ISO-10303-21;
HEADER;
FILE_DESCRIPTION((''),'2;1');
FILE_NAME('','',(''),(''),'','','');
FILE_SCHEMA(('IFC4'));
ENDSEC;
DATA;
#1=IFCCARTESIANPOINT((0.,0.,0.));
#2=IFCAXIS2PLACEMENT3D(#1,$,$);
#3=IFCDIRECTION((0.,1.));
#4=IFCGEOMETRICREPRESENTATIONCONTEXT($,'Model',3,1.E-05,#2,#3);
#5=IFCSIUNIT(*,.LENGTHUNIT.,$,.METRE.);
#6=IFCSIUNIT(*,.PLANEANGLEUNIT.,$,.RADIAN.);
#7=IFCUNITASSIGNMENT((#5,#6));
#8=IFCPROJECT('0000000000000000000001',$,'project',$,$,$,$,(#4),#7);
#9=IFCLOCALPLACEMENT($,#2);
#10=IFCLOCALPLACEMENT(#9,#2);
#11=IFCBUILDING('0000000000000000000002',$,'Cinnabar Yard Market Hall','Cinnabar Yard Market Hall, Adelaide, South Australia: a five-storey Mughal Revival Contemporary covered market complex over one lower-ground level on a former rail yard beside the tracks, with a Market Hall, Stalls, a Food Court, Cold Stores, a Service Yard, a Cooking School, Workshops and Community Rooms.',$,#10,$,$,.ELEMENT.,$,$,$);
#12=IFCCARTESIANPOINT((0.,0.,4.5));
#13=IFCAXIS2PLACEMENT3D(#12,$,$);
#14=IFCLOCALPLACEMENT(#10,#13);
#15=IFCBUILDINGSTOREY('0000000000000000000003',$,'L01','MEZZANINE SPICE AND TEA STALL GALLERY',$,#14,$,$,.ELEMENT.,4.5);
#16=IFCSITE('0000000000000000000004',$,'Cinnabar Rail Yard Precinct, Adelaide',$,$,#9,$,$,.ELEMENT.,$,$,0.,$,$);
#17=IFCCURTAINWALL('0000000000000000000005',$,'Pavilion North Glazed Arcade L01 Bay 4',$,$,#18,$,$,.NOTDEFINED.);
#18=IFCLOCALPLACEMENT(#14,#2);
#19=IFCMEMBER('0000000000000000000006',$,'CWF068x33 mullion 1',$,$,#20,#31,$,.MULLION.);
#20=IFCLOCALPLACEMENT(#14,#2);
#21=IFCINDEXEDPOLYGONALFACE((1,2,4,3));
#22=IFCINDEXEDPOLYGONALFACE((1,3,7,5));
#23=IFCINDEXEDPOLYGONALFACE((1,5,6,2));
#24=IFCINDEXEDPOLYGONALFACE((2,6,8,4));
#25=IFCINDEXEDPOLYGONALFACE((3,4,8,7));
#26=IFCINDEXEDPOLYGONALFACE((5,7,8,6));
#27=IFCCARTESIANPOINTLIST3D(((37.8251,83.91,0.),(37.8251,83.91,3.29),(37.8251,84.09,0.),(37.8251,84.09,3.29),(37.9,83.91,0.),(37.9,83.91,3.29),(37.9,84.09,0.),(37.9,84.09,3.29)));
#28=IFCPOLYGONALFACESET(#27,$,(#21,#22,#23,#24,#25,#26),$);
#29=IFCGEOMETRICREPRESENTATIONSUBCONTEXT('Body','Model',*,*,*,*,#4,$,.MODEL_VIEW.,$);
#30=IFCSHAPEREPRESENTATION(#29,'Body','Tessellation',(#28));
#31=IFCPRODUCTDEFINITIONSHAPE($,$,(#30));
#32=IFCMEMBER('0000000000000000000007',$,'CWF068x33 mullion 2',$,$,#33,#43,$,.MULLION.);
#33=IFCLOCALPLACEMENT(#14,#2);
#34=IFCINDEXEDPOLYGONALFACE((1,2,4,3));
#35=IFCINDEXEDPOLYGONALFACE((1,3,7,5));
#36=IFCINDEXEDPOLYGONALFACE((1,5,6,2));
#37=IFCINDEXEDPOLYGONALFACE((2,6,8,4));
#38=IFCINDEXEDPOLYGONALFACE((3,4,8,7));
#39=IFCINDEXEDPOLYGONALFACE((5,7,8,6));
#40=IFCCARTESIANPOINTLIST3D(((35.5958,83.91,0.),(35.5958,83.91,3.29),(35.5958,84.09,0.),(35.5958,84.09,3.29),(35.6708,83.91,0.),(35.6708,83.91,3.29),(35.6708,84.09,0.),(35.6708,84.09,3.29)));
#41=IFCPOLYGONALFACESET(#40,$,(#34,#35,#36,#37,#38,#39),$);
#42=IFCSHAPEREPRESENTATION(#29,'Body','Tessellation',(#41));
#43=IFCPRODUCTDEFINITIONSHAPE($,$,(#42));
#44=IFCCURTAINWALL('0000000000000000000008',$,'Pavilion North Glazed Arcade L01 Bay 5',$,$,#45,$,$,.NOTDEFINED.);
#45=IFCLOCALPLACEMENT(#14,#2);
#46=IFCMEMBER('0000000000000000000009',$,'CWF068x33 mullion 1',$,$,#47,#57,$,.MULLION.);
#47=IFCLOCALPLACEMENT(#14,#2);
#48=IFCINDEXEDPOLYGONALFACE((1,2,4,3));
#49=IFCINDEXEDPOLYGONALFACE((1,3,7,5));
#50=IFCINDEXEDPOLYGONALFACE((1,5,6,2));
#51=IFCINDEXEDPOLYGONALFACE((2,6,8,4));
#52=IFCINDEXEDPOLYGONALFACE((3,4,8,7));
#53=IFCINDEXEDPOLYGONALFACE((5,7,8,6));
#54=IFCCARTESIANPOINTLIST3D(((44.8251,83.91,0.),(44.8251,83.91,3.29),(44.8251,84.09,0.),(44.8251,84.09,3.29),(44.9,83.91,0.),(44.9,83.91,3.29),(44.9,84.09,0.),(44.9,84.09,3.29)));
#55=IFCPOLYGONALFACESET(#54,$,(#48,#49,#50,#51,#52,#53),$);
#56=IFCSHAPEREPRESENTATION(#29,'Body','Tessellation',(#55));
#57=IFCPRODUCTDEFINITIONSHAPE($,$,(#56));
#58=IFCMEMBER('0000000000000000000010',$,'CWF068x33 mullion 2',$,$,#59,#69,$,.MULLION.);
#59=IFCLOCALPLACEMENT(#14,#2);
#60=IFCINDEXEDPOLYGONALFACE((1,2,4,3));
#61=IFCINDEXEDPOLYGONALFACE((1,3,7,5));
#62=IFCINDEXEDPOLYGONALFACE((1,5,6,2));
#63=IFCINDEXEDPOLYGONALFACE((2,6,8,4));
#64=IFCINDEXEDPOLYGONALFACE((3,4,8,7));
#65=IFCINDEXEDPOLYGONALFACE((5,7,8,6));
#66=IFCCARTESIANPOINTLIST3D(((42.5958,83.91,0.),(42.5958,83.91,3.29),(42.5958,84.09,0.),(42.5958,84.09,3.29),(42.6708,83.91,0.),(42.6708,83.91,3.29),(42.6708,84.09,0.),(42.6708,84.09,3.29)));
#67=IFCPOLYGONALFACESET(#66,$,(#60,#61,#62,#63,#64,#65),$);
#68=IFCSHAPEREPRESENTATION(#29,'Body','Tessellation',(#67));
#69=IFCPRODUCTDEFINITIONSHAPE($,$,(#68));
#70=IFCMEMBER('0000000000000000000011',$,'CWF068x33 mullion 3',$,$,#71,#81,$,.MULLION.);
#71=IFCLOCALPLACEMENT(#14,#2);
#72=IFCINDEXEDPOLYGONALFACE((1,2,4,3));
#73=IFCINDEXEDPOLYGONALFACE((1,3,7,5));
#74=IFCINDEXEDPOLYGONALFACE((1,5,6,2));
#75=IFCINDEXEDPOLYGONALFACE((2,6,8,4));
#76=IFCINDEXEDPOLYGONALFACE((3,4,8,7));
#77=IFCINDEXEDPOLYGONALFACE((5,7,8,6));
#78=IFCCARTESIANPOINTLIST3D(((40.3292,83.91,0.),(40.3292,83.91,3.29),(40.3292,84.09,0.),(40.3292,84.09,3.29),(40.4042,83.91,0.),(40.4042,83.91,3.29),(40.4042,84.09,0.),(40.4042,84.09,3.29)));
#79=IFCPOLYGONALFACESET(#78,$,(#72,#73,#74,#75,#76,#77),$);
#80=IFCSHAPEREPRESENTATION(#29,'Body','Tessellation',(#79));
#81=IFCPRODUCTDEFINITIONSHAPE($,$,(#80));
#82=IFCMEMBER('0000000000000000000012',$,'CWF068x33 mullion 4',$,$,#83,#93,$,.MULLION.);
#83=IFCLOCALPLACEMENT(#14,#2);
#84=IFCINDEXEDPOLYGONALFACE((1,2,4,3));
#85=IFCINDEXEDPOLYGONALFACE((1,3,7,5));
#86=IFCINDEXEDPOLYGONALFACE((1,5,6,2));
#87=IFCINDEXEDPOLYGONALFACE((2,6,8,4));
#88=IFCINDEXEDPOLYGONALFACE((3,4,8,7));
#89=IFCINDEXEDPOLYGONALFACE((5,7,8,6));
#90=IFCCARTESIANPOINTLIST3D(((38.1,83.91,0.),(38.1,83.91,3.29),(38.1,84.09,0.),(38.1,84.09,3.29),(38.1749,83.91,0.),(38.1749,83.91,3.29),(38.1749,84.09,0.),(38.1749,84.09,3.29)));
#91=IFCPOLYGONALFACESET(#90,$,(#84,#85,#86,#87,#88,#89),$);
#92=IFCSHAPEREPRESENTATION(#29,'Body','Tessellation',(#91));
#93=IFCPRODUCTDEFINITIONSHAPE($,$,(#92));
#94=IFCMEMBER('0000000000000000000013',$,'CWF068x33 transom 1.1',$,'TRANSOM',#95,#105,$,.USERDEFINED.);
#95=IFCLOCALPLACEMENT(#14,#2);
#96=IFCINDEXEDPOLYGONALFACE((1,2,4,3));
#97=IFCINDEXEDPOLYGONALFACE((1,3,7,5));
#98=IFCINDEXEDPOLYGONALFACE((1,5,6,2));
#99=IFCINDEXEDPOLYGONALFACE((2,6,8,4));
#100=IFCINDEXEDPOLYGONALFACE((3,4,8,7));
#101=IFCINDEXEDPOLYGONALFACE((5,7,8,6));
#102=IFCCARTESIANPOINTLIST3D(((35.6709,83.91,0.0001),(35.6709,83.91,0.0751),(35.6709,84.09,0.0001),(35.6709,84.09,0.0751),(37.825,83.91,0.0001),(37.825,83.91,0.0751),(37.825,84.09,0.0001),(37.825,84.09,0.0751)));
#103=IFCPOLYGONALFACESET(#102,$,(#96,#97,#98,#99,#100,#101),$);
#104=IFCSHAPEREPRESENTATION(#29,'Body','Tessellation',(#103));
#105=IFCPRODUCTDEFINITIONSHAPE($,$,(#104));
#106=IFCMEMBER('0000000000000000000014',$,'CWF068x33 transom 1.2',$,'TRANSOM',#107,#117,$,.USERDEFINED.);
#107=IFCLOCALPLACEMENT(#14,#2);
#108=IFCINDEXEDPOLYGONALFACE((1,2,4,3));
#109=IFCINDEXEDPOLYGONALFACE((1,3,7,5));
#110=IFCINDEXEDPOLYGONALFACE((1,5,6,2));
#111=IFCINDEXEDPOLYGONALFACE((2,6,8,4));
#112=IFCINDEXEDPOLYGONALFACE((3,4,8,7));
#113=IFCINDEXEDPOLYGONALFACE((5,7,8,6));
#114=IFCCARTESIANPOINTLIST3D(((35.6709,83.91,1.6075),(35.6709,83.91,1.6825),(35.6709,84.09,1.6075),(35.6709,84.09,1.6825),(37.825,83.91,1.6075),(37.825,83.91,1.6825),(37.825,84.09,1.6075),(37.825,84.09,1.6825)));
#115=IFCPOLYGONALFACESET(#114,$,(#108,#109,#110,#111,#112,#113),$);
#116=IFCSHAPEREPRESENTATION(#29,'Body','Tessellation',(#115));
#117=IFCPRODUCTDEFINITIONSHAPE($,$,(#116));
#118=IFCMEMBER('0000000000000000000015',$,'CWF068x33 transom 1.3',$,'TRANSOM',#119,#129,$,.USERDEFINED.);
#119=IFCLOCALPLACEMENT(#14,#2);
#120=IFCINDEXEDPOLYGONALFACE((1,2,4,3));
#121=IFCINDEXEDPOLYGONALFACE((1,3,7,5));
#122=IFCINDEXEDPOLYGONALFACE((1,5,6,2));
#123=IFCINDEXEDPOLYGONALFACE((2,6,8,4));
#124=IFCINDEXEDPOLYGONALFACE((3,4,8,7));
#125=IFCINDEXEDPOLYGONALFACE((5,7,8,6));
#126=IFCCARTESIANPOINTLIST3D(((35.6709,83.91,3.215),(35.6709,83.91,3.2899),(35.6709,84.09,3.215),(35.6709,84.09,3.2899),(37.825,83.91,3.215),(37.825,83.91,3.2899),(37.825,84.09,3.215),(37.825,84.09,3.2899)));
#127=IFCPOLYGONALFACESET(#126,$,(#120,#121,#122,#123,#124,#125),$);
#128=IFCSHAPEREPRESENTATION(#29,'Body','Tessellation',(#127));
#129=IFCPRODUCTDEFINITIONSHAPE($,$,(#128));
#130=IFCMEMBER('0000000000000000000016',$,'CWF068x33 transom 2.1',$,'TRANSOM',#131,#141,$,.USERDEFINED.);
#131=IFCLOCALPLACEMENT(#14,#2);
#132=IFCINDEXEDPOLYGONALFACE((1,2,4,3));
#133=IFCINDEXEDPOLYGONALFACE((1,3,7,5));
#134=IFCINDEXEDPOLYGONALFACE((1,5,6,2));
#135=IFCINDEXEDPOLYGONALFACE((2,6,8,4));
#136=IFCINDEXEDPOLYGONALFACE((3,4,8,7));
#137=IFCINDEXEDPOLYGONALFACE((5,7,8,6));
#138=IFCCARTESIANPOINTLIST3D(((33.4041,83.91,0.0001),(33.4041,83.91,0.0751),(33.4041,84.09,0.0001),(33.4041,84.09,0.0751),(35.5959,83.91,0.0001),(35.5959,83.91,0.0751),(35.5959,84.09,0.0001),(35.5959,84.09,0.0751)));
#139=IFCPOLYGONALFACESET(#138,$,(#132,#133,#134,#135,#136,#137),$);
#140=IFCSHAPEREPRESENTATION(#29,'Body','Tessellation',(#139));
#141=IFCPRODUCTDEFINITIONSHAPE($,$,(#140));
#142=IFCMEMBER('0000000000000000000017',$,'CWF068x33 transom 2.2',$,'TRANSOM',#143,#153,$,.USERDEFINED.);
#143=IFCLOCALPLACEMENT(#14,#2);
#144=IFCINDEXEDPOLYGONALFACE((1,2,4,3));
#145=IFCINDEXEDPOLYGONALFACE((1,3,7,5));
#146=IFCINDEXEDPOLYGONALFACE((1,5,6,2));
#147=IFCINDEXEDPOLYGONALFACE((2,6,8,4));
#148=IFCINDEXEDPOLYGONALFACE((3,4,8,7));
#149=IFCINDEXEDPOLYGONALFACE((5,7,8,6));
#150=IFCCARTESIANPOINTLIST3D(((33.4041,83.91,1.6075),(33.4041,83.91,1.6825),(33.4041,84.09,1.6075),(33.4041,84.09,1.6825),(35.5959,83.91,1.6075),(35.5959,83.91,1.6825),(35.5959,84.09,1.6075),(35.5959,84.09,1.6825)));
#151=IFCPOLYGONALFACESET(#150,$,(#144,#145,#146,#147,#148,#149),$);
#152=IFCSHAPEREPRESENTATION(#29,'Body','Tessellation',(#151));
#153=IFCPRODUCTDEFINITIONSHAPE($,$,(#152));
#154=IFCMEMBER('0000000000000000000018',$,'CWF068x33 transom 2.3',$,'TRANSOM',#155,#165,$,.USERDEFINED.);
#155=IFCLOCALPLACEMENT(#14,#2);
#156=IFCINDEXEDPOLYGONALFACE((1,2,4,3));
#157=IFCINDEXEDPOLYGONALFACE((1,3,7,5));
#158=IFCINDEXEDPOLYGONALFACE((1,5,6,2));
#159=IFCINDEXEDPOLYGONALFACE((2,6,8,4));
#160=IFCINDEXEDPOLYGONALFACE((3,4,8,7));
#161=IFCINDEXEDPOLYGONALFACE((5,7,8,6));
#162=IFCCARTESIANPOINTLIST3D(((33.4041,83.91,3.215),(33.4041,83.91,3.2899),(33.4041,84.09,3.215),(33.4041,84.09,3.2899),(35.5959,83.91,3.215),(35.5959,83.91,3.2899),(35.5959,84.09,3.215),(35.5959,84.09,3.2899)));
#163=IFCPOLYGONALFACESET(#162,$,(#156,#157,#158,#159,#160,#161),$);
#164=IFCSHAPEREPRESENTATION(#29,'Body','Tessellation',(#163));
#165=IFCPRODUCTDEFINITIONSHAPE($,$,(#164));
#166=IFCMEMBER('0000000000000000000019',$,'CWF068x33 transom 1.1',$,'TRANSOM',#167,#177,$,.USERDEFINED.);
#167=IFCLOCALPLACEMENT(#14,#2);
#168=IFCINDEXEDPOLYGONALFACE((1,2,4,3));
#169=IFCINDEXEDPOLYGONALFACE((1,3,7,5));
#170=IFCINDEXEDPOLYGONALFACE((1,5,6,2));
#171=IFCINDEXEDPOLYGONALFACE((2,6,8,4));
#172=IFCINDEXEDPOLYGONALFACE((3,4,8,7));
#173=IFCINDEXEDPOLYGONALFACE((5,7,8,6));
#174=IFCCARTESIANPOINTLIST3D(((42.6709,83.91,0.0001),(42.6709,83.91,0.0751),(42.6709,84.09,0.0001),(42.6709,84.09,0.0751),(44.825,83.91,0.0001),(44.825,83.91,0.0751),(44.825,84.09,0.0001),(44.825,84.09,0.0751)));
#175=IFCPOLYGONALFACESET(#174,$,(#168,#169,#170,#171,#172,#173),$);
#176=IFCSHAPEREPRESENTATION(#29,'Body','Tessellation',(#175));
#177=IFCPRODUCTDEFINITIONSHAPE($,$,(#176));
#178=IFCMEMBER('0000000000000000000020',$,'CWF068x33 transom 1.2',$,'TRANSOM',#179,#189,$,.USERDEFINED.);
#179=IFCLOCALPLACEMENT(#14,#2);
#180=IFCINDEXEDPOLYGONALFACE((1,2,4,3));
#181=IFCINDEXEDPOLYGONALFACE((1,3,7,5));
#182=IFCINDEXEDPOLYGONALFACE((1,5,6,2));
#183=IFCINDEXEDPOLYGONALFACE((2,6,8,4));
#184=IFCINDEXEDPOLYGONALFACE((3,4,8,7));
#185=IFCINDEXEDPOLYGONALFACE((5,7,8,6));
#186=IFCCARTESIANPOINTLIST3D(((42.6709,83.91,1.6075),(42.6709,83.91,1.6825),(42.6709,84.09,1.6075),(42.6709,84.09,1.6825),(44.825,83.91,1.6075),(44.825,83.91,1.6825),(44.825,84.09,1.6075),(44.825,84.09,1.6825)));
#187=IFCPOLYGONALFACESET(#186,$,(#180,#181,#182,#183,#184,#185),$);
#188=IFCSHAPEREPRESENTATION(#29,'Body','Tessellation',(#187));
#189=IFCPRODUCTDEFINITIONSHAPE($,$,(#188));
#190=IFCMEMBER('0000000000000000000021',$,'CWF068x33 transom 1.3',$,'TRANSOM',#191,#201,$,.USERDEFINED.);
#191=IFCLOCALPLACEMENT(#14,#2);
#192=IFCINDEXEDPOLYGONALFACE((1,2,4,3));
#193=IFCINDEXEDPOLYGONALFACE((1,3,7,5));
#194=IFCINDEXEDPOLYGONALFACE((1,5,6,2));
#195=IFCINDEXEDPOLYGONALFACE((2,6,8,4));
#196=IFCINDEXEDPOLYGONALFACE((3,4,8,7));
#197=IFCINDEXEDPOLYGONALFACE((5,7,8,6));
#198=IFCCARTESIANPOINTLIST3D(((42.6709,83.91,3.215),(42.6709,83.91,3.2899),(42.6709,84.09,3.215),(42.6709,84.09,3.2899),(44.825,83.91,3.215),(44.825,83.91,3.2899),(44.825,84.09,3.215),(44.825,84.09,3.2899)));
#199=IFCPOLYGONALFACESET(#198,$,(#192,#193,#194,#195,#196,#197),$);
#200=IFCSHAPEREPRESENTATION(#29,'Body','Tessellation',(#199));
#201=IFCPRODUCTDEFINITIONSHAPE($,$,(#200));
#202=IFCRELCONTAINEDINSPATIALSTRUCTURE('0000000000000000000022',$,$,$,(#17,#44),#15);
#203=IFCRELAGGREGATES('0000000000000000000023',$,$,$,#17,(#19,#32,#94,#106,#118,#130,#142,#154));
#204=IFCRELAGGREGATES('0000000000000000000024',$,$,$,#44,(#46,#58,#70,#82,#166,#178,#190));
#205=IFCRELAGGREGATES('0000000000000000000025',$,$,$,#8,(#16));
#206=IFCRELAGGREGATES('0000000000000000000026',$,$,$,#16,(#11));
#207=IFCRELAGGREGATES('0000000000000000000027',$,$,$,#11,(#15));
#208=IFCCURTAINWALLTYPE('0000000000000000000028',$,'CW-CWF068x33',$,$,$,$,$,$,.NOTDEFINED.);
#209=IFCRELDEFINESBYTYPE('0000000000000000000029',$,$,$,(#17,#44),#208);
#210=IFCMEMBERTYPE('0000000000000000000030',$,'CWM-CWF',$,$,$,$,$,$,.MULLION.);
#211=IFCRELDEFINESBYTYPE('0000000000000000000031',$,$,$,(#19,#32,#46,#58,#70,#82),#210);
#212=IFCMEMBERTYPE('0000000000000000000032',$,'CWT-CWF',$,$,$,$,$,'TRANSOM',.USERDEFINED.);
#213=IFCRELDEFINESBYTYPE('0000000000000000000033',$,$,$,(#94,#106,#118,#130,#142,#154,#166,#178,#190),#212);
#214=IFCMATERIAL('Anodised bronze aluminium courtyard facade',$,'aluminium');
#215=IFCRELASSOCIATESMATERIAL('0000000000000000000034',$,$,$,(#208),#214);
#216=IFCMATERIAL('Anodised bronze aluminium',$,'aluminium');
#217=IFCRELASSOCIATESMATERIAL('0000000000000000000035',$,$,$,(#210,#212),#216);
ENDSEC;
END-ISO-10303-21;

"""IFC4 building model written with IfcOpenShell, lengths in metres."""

from ifc_helpers import new_model, si_unit, direction, frame, origin, origin_2d_with_axis, place, context, subcontext, project, spatial, rectangle, extrude, material, material_profile, profile_set, type_object, element, aggregate, save


model = new_model("IFC4")

# Units and contexts
model_context = context("Model", 3, precision=1e-05, world=origin(), true_north=direction((0.0, 1.0)))
body_context = subcontext(model_context, "Body", "Model", "MODEL_VIEW")
ifc_project = project(units=[si_unit("LENGTHUNIT", "METRE"), si_unit("PLANEANGLEUNIT", "RADIAN")], contexts=[model_context])

# Site, building, storey
site_placement = place(None, origin())
site = spatial("IfcSite", under=ifc_project, at=site_placement, Name="Cinnabar Rail Yard Precinct, Adelaide", CompositionType="ELEMENT", RefElevation=0.0)
building_placement = place(site_placement, origin())
building = spatial("IfcBuilding", under=site, at=building_placement, Name="Cinnabar Yard Market Hall", Description="Cinnabar Yard Market Hall, Adelaide, South Australia: a five-storey Mughal Revival Contemporary covered market complex over one lower-ground level on a former rail yard beside the tracks, with a Market Hall, Stalls, a Food Court, Cold Stores, a Service Yard, a Cooking School, Workshops and Community Rooms.", CompositionType="ELEMENT")
storey_placement = place(building_placement, frame((0.0, 0.0, 4.5)))
storey = spatial("IfcBuildingStorey", under=building, at=storey_placement, Name="L01", Description="MEZZANINE SPICE AND TEA STALL GALLERY", CompositionType="ELEMENT", Elevation=4.5)

# Curtain walls, members
ifc_material_1 = material(Name="Anodised bronze aluminium courtyard facade", Category="aluminium")
curtain_wall_type = type_object("IfcCurtainWallType", Name="CW-CWF068x33", PredefinedType="NOTDEFINED", material=ifc_material_1)
curtain_wall_1_placement = place(storey_placement, origin())
curtain_wall_1 = element("IfcCurtainWall", 1, at=curtain_wall_1_placement, inside=storey, type_object=curtain_wall_type, Name="Pavilion North Glazed Arcade L01 Bay 4", PredefinedType="NOTDEFINED")
ifc_material_2 = material(Name="Anodised bronze aluminium", Category="aluminium")
ifc_material_profile_1 = material_profile(ifc_material_2, rectangle(XDim=0.1799, YDim=0.075, at=origin_2d_with_axis()), Name="MUL-CWF")
ifc_profile_set_1 = profile_set([ifc_material_profile_1], Name="Anodised bronze aluminium")
member_type_1 = type_object("IfcMemberType", Name="CWM-CWF", PredefinedType="MULLION", material=ifc_profile_set_1)
member_1_placement = place(storey_placement, frame((37.8625, 84.0, 0.0), z_axis=(0.0, 0.0, 1.0), x_axis=(0.0, -1.0, 0.0)))
member_1 = element("IfcMember", 2, at=member_1_placement, type_object=member_type_1, Name="CWF068x33 mullion 1", PredefinedType="MULLION", context=body_context, shape_type="SweptSolid", body=[
    extrude(rectangle(XDim=0.1799, YDim=0.075, at=origin_2d_with_axis()), origin(), (0.0, 0.0, 1.0), 3.29),
])
member_2_placement = place(storey_placement, frame((35.6333, 84.0, 0.0), z_axis=(0.0, 0.0, 1.0), x_axis=(0.0, -1.0, 0.0)))
member_2 = element("IfcMember", 3, at=member_2_placement, type_object=member_type_1, Name="CWF068x33 mullion 2", PredefinedType="MULLION", context=body_context, shape_type="SweptSolid", body=[
    extrude(rectangle(XDim=0.1799, YDim=0.075, at=origin_2d_with_axis()), origin(), (0.0, 0.0, 1.0), 3.29),
])
curtain_wall_2_placement = place(storey_placement, origin())
curtain_wall_2 = element("IfcCurtainWall", 4, at=curtain_wall_2_placement, inside=storey, type_object=curtain_wall_type, Name="Pavilion North Glazed Arcade L01 Bay 5", PredefinedType="NOTDEFINED")
member_3_placement = place(storey_placement, frame((44.8625, 84.0, 0.0), z_axis=(0.0, 0.0, 1.0), x_axis=(0.0, -1.0, 0.0)))
member_3 = element("IfcMember", 5, at=member_3_placement, type_object=member_type_1, Name="CWF068x33 mullion 1", PredefinedType="MULLION", context=body_context, shape_type="SweptSolid", body=[
    extrude(rectangle(XDim=0.1799, YDim=0.075, at=origin_2d_with_axis()), origin(), (0.0, 0.0, 1.0), 3.29),
])
member_4_placement = place(storey_placement, frame((42.6333, 84.0, 0.0), z_axis=(0.0, 0.0, 1.0), x_axis=(0.0, -1.0, 0.0)))
member_4 = element("IfcMember", 6, at=member_4_placement, type_object=member_type_1, Name="CWF068x33 mullion 2", PredefinedType="MULLION", context=body_context, shape_type="SweptSolid", body=[
    extrude(rectangle(XDim=0.1799, YDim=0.075, at=origin_2d_with_axis()), origin(), (0.0, 0.0, 1.0), 3.29),
])
member_5_placement = place(storey_placement, frame((40.3667, 84.0, 0.0), z_axis=(0.0, 0.0, 1.0), x_axis=(0.0, -1.0, 0.0)))
member_5 = element("IfcMember", 7, at=member_5_placement, type_object=member_type_1, Name="CWF068x33 mullion 3", PredefinedType="MULLION", context=body_context, shape_type="SweptSolid", body=[
    extrude(rectangle(XDim=0.1799, YDim=0.075, at=origin_2d_with_axis()), origin(), (0.0, 0.0, 1.0), 3.29),
])
member_6_placement = place(storey_placement, frame((38.1375, 84.0, 0.0), z_axis=(0.0, 0.0, 1.0), x_axis=(0.0, -1.0, 0.0)))
member_6 = element("IfcMember", 8, at=member_6_placement, type_object=member_type_1, Name="CWF068x33 mullion 4", PredefinedType="MULLION", context=body_context, shape_type="SweptSolid", body=[
    extrude(rectangle(XDim=0.1799, YDim=0.075, at=origin_2d_with_axis()), origin(), (0.0, 0.0, 1.0), 3.29),
])

# Members
ifc_material_profile_2 = material_profile(ifc_material_2, rectangle(XDim=0.1799, YDim=0.075, at=origin_2d_with_axis()), Name="TRN-CWF")
ifc_profile_set_2 = profile_set([ifc_material_profile_2], Name="Anodised bronze aluminium")
member_type_2 = type_object("IfcMemberType", Name="CWT-CWF", ElementType="TRANSOM", PredefinedType="USERDEFINED", material=ifc_profile_set_2)
member_7_placement = place(storey_placement, frame((37.825, 84.0, 0.0376), z_axis=(-1.0, 0.0, 0.0), x_axis=(0.0, -1.0, 0.0)))
member_7 = element("IfcMember", 9, at=member_7_placement, type_object=member_type_2, Name="CWF068x33 transom 1.1", ObjectType="TRANSOM", PredefinedType="USERDEFINED", context=body_context, shape_type="SweptSolid", body=[
    extrude(rectangle(XDim=0.1799, YDim=0.075, at=origin_2d_with_axis()), origin(), (0.0, 0.0, 1.0), 2.1541),
])
member_8_placement = place(storey_placement, frame((37.825, 84.0, 1.645), z_axis=(-1.0, 0.0, 0.0), x_axis=(0.0, -1.0, 0.0)))
member_8 = element("IfcMember", 10, at=member_8_placement, type_object=member_type_2, Name="CWF068x33 transom 1.2", ObjectType="TRANSOM", PredefinedType="USERDEFINED", context=body_context, shape_type="SweptSolid", body=[
    extrude(rectangle(XDim=0.1799, YDim=0.075, at=origin_2d_with_axis()), origin(), (0.0, 0.0, 1.0), 2.1541),
])
member_9_placement = place(storey_placement, frame((37.825, 84.0, 3.2524), z_axis=(-1.0, 0.0, 0.0), x_axis=(0.0, -1.0, 0.0)))
member_9 = element("IfcMember", 11, at=member_9_placement, type_object=member_type_2, Name="CWF068x33 transom 1.3", ObjectType="TRANSOM", PredefinedType="USERDEFINED", context=body_context, shape_type="SweptSolid", body=[
    extrude(rectangle(XDim=0.1799, YDim=0.075, at=origin_2d_with_axis()), origin(), (0.0, 0.0, 1.0), 2.1541),
])
member_10_placement = place(storey_placement, frame((35.5959, 84.0, 0.0376), z_axis=(-1.0, 0.0, 0.0), x_axis=(0.0, -1.0, 0.0)))
member_10 = element("IfcMember", 12, at=member_10_placement, type_object=member_type_2, Name="CWF068x33 transom 2.1", ObjectType="TRANSOM", PredefinedType="USERDEFINED", context=body_context, shape_type="SweptSolid", body=[
    extrude(rectangle(XDim=0.1799, YDim=0.075, at=origin_2d_with_axis()), origin(), (0.0, 0.0, 1.0), 2.1919),
])
member_11_placement = place(storey_placement, frame((35.5959, 84.0, 1.645), z_axis=(-1.0, 0.0, 0.0), x_axis=(0.0, -1.0, 0.0)))
member_11 = element("IfcMember", 13, at=member_11_placement, type_object=member_type_2, Name="CWF068x33 transom 2.2", ObjectType="TRANSOM", PredefinedType="USERDEFINED", context=body_context, shape_type="SweptSolid", body=[
    extrude(rectangle(XDim=0.1799, YDim=0.075, at=origin_2d_with_axis()), origin(), (0.0, 0.0, 1.0), 2.1919),
])
member_12_placement = place(storey_placement, frame((35.5959, 84.0, 3.2524), z_axis=(-1.0, 0.0, 0.0), x_axis=(0.0, -1.0, 0.0)))
member_12 = element("IfcMember", 14, at=member_12_placement, type_object=member_type_2, Name="CWF068x33 transom 2.3", ObjectType="TRANSOM", PredefinedType="USERDEFINED", context=body_context, shape_type="SweptSolid", body=[
    extrude(rectangle(XDim=0.1799, YDim=0.075, at=origin_2d_with_axis()), origin(), (0.0, 0.0, 1.0), 2.1919),
])
member_13_placement = place(storey_placement, frame((44.825, 84.0, 0.0376), z_axis=(-1.0, 0.0, 0.0), x_axis=(0.0, -1.0, 0.0)))
member_13 = element("IfcMember", 15, at=member_13_placement, type_object=member_type_2, Name="CWF068x33 transom 1.1", ObjectType="TRANSOM", PredefinedType="USERDEFINED", context=body_context, shape_type="SweptSolid", body=[
    extrude(rectangle(XDim=0.1799, YDim=0.075, at=origin_2d_with_axis()), origin(), (0.0, 0.0, 1.0), 2.1541),
])
member_14_placement = place(storey_placement, frame((44.825, 84.0, 1.645), z_axis=(-1.0, 0.0, 0.0), x_axis=(0.0, -1.0, 0.0)))
member_14 = element("IfcMember", 16, at=member_14_placement, type_object=member_type_2, Name="CWF068x33 transom 1.2", ObjectType="TRANSOM", PredefinedType="USERDEFINED", context=body_context, shape_type="SweptSolid", body=[
    extrude(rectangle(XDim=0.1799, YDim=0.075, at=origin_2d_with_axis()), origin(), (0.0, 0.0, 1.0), 2.1541),
])
member_15_placement = place(storey_placement, frame((44.825, 84.0, 3.2524), z_axis=(-1.0, 0.0, 0.0), x_axis=(0.0, -1.0, 0.0)))
member_15 = element("IfcMember", 17, at=member_15_placement, type_object=member_type_2, Name="CWF068x33 transom 1.3", ObjectType="TRANSOM", PredefinedType="USERDEFINED", context=body_context, shape_type="SweptSolid", body=[
    extrude(rectangle(XDim=0.1799, YDim=0.075, at=origin_2d_with_axis()), origin(), (0.0, 0.0, 1.0), 2.1541),
])

aggregate(curtain_wall_1, [member_1, member_2, member_7, member_8, member_9, member_10, member_11, member_12])
aggregate(curtain_wall_2, [member_3, member_4, member_5, member_6, member_13, member_14, member_15])

save(model, "model.ifc")
